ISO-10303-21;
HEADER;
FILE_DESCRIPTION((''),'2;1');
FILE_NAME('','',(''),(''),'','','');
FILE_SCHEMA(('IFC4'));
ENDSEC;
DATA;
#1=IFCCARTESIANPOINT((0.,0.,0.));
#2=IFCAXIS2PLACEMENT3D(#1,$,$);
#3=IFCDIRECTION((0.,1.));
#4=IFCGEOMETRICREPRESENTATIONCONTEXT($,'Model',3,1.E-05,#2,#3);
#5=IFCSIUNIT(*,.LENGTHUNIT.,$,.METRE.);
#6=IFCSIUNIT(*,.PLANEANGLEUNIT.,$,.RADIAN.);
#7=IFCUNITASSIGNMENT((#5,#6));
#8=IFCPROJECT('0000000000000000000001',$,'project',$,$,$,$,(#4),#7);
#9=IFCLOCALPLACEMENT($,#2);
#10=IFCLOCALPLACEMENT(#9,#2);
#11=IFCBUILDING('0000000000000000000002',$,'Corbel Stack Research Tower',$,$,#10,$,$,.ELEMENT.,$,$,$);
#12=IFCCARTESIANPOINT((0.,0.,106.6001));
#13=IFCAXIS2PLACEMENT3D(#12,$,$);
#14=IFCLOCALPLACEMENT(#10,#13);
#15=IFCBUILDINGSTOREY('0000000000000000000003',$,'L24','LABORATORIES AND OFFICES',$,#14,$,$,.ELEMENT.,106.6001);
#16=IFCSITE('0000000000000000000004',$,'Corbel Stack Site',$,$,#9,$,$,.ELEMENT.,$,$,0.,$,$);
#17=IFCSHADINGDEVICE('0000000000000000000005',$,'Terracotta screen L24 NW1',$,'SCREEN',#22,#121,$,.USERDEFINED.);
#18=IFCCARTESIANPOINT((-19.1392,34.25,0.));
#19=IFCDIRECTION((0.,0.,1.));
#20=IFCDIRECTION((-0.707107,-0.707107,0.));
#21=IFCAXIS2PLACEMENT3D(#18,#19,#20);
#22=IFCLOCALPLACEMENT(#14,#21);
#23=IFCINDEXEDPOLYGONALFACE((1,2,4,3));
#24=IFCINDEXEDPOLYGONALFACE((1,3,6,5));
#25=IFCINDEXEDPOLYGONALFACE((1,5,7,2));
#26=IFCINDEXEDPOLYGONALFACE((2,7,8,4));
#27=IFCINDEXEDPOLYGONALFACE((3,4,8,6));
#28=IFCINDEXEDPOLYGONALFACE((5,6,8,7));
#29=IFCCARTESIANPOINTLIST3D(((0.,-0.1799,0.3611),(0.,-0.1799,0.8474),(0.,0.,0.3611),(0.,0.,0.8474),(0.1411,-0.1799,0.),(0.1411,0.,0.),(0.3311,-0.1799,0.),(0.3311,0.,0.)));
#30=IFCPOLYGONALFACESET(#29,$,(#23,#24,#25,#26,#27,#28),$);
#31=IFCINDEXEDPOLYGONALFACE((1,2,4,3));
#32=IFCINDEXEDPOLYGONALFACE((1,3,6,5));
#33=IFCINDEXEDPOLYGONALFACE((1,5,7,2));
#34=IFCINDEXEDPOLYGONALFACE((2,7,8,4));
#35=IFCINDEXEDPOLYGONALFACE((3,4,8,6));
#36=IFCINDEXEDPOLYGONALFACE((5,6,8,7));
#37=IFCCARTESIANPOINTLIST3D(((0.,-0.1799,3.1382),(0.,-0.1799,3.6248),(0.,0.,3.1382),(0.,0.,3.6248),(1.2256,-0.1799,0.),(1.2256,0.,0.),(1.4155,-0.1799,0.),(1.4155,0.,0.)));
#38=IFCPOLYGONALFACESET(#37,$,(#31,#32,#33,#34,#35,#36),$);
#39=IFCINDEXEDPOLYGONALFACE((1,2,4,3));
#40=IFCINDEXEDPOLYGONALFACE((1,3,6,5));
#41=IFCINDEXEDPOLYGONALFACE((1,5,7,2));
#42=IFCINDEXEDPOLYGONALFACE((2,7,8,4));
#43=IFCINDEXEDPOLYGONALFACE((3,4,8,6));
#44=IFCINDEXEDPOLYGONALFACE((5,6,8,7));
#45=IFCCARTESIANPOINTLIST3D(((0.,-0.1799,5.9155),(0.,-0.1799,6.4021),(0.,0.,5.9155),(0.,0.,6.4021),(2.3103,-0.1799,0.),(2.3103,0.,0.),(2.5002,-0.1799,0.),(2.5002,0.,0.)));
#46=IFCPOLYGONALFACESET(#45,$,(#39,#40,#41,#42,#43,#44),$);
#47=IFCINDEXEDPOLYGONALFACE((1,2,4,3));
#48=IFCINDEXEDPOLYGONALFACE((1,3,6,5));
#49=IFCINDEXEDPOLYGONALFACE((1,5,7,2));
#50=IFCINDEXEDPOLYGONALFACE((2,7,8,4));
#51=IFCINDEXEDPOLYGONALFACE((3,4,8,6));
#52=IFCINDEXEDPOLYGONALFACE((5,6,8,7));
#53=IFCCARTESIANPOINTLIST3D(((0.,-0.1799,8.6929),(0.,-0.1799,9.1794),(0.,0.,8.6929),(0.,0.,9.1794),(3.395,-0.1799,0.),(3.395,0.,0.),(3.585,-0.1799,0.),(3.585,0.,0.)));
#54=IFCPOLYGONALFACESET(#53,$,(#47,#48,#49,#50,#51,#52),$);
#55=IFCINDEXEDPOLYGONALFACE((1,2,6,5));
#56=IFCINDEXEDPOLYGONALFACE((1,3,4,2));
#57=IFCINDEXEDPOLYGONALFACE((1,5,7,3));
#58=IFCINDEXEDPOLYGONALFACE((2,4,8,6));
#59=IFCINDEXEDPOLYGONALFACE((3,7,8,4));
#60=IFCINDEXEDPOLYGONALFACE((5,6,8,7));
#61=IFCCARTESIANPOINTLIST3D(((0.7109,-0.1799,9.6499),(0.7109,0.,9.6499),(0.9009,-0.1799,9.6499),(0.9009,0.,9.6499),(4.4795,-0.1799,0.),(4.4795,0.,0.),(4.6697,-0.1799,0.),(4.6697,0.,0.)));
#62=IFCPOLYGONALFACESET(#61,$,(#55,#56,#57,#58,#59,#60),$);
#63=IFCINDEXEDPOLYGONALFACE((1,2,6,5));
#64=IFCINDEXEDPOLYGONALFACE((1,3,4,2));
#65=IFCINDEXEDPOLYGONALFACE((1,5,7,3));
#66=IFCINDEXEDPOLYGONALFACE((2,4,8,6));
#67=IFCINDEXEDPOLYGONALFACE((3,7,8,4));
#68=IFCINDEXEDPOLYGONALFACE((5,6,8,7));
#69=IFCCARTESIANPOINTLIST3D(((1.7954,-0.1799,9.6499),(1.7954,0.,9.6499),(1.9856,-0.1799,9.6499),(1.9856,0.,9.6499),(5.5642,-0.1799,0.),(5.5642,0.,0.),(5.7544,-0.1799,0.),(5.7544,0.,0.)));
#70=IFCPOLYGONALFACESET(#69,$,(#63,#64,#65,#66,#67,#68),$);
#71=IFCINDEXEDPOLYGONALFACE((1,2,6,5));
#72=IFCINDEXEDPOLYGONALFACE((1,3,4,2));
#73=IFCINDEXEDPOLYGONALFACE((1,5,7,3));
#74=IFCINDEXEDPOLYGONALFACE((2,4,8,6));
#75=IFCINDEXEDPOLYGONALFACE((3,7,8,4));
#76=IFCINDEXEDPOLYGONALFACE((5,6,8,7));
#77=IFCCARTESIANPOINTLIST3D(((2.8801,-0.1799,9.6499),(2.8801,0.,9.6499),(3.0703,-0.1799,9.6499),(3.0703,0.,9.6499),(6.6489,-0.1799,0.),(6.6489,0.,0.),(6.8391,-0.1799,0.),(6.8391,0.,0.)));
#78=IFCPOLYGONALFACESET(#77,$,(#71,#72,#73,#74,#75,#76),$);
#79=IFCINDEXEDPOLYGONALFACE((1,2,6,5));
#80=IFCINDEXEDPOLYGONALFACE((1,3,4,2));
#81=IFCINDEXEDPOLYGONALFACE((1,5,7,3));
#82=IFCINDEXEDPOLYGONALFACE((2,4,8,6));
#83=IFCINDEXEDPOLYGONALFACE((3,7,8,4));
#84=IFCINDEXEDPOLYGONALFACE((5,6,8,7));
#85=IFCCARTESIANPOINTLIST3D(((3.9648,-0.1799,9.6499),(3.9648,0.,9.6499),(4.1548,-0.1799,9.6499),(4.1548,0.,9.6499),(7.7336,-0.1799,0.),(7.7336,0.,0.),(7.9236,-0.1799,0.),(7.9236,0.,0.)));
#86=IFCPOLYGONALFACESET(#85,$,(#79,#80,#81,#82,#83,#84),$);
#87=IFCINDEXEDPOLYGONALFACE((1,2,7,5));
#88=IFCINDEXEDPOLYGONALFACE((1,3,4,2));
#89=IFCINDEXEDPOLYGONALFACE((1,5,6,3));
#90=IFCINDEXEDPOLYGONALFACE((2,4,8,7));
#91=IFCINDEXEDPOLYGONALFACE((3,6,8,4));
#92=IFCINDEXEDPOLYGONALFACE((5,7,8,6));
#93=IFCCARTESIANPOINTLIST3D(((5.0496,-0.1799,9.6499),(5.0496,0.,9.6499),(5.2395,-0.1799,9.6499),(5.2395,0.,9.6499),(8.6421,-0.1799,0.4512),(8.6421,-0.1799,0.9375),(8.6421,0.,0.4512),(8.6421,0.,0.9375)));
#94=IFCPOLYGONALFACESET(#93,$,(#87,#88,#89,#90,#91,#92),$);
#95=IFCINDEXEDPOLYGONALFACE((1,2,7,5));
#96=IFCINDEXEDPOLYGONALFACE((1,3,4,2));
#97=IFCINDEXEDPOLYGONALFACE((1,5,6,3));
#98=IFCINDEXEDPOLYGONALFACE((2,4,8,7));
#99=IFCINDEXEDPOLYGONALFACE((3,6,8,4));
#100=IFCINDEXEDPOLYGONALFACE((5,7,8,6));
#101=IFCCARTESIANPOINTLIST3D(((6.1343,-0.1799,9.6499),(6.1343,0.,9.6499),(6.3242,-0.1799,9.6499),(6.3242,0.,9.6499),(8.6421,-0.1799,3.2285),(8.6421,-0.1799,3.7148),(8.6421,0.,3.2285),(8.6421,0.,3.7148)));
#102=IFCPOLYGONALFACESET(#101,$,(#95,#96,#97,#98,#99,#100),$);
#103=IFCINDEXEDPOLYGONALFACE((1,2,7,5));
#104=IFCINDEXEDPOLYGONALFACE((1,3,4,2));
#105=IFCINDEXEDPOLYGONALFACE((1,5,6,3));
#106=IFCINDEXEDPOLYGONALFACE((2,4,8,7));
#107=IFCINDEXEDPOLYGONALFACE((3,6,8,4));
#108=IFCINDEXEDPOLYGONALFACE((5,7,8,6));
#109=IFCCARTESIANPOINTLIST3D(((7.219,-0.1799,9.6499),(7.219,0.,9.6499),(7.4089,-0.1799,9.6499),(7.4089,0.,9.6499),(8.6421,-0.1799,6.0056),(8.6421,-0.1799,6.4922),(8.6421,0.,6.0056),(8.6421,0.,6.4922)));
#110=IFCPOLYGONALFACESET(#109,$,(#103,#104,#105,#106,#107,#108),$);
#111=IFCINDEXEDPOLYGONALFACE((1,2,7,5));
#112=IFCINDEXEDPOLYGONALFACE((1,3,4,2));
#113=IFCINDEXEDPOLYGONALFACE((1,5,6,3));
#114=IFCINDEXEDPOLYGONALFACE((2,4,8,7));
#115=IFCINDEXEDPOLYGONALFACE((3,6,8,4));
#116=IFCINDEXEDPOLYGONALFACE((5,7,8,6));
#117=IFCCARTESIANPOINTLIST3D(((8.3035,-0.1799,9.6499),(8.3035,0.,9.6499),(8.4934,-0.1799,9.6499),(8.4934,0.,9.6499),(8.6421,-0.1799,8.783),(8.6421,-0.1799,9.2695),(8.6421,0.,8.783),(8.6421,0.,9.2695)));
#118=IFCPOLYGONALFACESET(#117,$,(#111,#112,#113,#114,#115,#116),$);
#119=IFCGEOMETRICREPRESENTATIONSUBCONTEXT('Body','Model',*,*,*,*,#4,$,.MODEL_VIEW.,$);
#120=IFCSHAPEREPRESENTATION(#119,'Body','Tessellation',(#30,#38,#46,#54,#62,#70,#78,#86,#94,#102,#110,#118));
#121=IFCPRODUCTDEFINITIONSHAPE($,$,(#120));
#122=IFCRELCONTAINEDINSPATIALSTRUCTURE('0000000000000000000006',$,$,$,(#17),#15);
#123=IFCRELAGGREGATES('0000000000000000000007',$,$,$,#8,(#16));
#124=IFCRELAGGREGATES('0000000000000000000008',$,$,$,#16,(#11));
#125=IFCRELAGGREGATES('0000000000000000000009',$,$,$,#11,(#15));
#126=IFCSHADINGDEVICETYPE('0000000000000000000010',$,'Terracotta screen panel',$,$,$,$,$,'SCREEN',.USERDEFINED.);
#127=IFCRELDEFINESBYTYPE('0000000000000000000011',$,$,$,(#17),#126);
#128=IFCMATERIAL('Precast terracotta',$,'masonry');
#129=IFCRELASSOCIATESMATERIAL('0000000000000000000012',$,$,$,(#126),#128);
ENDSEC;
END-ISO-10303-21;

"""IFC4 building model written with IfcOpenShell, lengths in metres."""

from ifc_helpers import new_model, si_unit, direction, frame, origin, place, context, subcontext, project, spatial, polyline, outline, extrude, source, transform, mapped, material, type_object, element, save


model = new_model("IFC4")

# Units and contexts
model_context = context("Model", 3, precision=1e-05, world=origin(), true_north=direction((0.0, 1.0)))
body_context = subcontext(model_context, "Body", "Model", "MODEL_VIEW")
ifc_project = project(units=[si_unit("LENGTHUNIT", "METRE"), si_unit("PLANEANGLEUNIT", "RADIAN")], contexts=[model_context])

# Site, building, storey
site_placement = place(None, origin())
site = spatial("IfcSite", under=ifc_project, at=site_placement, Name="Corbel Stack Site", CompositionType="ELEMENT", RefElevation=0.0)
building_placement = place(site_placement, origin())
building = spatial("IfcBuilding", under=site, at=building_placement, Name="Corbel Stack Research Tower", CompositionType="ELEMENT")
storey_placement = place(building_placement, frame((0.0, 0.0, 106.6001)))
storey = spatial("IfcBuildingStorey", under=building, at=storey_placement, Name="L24", Description="LABORATORIES AND OFFICES", CompositionType="ELEMENT", Elevation=106.6001)

# Shading device
ifc_material_1 = material(Name="Precast terracotta", Category="masonry")
shading_device_type = type_object("IfcShadingDeviceType", Name="Terracotta screen panel", ElementType="SCREEN", PredefinedType="USERDEFINED", material=ifc_material_1)
shared_shape_1 = source(origin(), body_context, "Body", "SweptSolid", [
    extrude(outline(polyline([(0.3311, 0.0), (0.0, 0.8474), (0.0, 0.3611), (0.1411, 0.0), (0.3311, 0.0)])), frame((0.0, 0.0, 0.0), z_axis=(0.0, -1.0, 0.0), x_axis=(1.0, 0.0, 0.0)), (0.0, 0.0, 1.0), 0.1799),
    extrude(outline(polyline([(1.4155, 0.0), (0.0, 3.6248), (0.0, 3.1382), (1.2256, 0.0), (1.4155, 0.0)])), frame((0.0, 0.0, 0.0), z_axis=(0.0, -1.0, 0.0), x_axis=(1.0, 0.0, 0.0)), (0.0, 0.0, 1.0), 0.1799),
    extrude(outline(polyline([(2.5002, 0.0), (0.0, 6.4021), (0.0, 5.9155), (2.3103, 0.0), (2.5002, 0.0)])), frame((0.0, 0.0, 0.0), z_axis=(0.0, -1.0, 0.0), x_axis=(1.0, 0.0, 0.0)), (0.0, 0.0, 1.0), 0.1799),
    extrude(outline(polyline([(3.585, 0.0), (0.0, 9.1794), (0.0, 8.6929), (3.395, 0.0), (3.585, 0.0)])), frame((0.0, 0.0, 0.0), z_axis=(0.0, -1.0, 0.0), x_axis=(1.0, 0.0, 0.0)), (0.0, 0.0, 1.0), 0.1799),
    extrude(outline(polyline([(4.6697, 0.0), (0.9009, 9.6499), (0.7109, 9.6499), (4.4795, 0.0), (4.6697, 0.0)])), frame((0.0, 0.0, 0.0), z_axis=(0.0, -1.0, 0.0), x_axis=(1.0, 0.0, 0.0)), (0.0, 0.0, 1.0), 0.1799),
    extrude(outline(polyline([(5.7544, 0.0), (1.9856, 9.6499), (1.7954, 9.6499), (5.5642, 0.0), (5.7544, 0.0)])), frame((0.0, 0.0, 0.0), z_axis=(0.0, -1.0, 0.0), x_axis=(1.0, 0.0, 0.0)), (0.0, 0.0, 1.0), 0.1799),
    extrude(outline(polyline([(6.8391, 0.0), (3.0703, 9.6499), (2.8801, 9.6499), (6.6489, 0.0), (6.8391, 0.0)])), frame((0.0, 0.0, 0.0), z_axis=(0.0, -1.0, 0.0), x_axis=(1.0, 0.0, 0.0)), (0.0, 0.0, 1.0), 0.1799),
    extrude(outline(polyline([(7.9236, 0.0), (4.1548, 9.6499), (3.9648, 9.6499), (7.7336, 0.0), (7.9236, 0.0)])), frame((0.0, 0.0, 0.0), z_axis=(0.0, -1.0, 0.0), x_axis=(1.0, 0.0, 0.0)), (0.0, 0.0, 1.0), 0.1799),
    extrude(outline(polyline([(5.2395, 9.6499), (5.0496, 9.6499), (8.6421, 0.4512), (8.6421, 0.9375), (5.2395, 9.6499)])), frame((0.0, 0.0, 0.0), z_axis=(0.0, -1.0, 0.0), x_axis=(1.0, 0.0, 0.0)), (0.0, 0.0, 1.0), 0.1799),
    extrude(outline(polyline([(6.3242, 9.6499), (6.1343, 9.6499), (8.6421, 3.2285), (8.6421, 3.7148), (6.3242, 9.6499)])), frame((0.0, 0.0, 0.0), z_axis=(0.0, -1.0, 0.0), x_axis=(1.0, 0.0, 0.0)), (0.0, 0.0, 1.0), 0.1799),
    extrude(outline(polyline([(7.4089, 9.6499), (7.219, 9.6499), (8.6421, 6.0056), (8.6421, 6.4922), (7.4089, 9.6499)])), frame((0.0, 0.0, 0.0), z_axis=(0.0, -1.0, 0.0), x_axis=(1.0, 0.0, 0.0)), (0.0, 0.0, 1.0), 0.1799),
    extrude(outline(polyline([(8.4934, 9.6499), (8.3035, 9.6499), (8.6421, 8.783), (8.6421, 9.2695), (8.4934, 9.6499)])), frame((0.0, 0.0, 0.0), z_axis=(0.0, -1.0, 0.0), x_axis=(1.0, 0.0, 0.0)), (0.0, 0.0, 1.0), 0.1799),
])
shading_device_1_placement = place(storey_placement, frame((-19.1392, 34.25, 0.0), z_axis=(0.0, 0.0, 1.0), x_axis=(-0.707107, -0.707107, 0.0)))
element("IfcShadingDevice", 1, at=shading_device_1_placement, inside=storey, type_object=shading_device_type, Name="Terracotta screen L24 NW1", ObjectType="SCREEN", PredefinedType="USERDEFINED", context=body_context, shape_type="MappedRepresentation", body=[
    mapped(shared_shape_1, transform((0.0, 0.0, 0.0))),
])

save(model, "model.ifc")
